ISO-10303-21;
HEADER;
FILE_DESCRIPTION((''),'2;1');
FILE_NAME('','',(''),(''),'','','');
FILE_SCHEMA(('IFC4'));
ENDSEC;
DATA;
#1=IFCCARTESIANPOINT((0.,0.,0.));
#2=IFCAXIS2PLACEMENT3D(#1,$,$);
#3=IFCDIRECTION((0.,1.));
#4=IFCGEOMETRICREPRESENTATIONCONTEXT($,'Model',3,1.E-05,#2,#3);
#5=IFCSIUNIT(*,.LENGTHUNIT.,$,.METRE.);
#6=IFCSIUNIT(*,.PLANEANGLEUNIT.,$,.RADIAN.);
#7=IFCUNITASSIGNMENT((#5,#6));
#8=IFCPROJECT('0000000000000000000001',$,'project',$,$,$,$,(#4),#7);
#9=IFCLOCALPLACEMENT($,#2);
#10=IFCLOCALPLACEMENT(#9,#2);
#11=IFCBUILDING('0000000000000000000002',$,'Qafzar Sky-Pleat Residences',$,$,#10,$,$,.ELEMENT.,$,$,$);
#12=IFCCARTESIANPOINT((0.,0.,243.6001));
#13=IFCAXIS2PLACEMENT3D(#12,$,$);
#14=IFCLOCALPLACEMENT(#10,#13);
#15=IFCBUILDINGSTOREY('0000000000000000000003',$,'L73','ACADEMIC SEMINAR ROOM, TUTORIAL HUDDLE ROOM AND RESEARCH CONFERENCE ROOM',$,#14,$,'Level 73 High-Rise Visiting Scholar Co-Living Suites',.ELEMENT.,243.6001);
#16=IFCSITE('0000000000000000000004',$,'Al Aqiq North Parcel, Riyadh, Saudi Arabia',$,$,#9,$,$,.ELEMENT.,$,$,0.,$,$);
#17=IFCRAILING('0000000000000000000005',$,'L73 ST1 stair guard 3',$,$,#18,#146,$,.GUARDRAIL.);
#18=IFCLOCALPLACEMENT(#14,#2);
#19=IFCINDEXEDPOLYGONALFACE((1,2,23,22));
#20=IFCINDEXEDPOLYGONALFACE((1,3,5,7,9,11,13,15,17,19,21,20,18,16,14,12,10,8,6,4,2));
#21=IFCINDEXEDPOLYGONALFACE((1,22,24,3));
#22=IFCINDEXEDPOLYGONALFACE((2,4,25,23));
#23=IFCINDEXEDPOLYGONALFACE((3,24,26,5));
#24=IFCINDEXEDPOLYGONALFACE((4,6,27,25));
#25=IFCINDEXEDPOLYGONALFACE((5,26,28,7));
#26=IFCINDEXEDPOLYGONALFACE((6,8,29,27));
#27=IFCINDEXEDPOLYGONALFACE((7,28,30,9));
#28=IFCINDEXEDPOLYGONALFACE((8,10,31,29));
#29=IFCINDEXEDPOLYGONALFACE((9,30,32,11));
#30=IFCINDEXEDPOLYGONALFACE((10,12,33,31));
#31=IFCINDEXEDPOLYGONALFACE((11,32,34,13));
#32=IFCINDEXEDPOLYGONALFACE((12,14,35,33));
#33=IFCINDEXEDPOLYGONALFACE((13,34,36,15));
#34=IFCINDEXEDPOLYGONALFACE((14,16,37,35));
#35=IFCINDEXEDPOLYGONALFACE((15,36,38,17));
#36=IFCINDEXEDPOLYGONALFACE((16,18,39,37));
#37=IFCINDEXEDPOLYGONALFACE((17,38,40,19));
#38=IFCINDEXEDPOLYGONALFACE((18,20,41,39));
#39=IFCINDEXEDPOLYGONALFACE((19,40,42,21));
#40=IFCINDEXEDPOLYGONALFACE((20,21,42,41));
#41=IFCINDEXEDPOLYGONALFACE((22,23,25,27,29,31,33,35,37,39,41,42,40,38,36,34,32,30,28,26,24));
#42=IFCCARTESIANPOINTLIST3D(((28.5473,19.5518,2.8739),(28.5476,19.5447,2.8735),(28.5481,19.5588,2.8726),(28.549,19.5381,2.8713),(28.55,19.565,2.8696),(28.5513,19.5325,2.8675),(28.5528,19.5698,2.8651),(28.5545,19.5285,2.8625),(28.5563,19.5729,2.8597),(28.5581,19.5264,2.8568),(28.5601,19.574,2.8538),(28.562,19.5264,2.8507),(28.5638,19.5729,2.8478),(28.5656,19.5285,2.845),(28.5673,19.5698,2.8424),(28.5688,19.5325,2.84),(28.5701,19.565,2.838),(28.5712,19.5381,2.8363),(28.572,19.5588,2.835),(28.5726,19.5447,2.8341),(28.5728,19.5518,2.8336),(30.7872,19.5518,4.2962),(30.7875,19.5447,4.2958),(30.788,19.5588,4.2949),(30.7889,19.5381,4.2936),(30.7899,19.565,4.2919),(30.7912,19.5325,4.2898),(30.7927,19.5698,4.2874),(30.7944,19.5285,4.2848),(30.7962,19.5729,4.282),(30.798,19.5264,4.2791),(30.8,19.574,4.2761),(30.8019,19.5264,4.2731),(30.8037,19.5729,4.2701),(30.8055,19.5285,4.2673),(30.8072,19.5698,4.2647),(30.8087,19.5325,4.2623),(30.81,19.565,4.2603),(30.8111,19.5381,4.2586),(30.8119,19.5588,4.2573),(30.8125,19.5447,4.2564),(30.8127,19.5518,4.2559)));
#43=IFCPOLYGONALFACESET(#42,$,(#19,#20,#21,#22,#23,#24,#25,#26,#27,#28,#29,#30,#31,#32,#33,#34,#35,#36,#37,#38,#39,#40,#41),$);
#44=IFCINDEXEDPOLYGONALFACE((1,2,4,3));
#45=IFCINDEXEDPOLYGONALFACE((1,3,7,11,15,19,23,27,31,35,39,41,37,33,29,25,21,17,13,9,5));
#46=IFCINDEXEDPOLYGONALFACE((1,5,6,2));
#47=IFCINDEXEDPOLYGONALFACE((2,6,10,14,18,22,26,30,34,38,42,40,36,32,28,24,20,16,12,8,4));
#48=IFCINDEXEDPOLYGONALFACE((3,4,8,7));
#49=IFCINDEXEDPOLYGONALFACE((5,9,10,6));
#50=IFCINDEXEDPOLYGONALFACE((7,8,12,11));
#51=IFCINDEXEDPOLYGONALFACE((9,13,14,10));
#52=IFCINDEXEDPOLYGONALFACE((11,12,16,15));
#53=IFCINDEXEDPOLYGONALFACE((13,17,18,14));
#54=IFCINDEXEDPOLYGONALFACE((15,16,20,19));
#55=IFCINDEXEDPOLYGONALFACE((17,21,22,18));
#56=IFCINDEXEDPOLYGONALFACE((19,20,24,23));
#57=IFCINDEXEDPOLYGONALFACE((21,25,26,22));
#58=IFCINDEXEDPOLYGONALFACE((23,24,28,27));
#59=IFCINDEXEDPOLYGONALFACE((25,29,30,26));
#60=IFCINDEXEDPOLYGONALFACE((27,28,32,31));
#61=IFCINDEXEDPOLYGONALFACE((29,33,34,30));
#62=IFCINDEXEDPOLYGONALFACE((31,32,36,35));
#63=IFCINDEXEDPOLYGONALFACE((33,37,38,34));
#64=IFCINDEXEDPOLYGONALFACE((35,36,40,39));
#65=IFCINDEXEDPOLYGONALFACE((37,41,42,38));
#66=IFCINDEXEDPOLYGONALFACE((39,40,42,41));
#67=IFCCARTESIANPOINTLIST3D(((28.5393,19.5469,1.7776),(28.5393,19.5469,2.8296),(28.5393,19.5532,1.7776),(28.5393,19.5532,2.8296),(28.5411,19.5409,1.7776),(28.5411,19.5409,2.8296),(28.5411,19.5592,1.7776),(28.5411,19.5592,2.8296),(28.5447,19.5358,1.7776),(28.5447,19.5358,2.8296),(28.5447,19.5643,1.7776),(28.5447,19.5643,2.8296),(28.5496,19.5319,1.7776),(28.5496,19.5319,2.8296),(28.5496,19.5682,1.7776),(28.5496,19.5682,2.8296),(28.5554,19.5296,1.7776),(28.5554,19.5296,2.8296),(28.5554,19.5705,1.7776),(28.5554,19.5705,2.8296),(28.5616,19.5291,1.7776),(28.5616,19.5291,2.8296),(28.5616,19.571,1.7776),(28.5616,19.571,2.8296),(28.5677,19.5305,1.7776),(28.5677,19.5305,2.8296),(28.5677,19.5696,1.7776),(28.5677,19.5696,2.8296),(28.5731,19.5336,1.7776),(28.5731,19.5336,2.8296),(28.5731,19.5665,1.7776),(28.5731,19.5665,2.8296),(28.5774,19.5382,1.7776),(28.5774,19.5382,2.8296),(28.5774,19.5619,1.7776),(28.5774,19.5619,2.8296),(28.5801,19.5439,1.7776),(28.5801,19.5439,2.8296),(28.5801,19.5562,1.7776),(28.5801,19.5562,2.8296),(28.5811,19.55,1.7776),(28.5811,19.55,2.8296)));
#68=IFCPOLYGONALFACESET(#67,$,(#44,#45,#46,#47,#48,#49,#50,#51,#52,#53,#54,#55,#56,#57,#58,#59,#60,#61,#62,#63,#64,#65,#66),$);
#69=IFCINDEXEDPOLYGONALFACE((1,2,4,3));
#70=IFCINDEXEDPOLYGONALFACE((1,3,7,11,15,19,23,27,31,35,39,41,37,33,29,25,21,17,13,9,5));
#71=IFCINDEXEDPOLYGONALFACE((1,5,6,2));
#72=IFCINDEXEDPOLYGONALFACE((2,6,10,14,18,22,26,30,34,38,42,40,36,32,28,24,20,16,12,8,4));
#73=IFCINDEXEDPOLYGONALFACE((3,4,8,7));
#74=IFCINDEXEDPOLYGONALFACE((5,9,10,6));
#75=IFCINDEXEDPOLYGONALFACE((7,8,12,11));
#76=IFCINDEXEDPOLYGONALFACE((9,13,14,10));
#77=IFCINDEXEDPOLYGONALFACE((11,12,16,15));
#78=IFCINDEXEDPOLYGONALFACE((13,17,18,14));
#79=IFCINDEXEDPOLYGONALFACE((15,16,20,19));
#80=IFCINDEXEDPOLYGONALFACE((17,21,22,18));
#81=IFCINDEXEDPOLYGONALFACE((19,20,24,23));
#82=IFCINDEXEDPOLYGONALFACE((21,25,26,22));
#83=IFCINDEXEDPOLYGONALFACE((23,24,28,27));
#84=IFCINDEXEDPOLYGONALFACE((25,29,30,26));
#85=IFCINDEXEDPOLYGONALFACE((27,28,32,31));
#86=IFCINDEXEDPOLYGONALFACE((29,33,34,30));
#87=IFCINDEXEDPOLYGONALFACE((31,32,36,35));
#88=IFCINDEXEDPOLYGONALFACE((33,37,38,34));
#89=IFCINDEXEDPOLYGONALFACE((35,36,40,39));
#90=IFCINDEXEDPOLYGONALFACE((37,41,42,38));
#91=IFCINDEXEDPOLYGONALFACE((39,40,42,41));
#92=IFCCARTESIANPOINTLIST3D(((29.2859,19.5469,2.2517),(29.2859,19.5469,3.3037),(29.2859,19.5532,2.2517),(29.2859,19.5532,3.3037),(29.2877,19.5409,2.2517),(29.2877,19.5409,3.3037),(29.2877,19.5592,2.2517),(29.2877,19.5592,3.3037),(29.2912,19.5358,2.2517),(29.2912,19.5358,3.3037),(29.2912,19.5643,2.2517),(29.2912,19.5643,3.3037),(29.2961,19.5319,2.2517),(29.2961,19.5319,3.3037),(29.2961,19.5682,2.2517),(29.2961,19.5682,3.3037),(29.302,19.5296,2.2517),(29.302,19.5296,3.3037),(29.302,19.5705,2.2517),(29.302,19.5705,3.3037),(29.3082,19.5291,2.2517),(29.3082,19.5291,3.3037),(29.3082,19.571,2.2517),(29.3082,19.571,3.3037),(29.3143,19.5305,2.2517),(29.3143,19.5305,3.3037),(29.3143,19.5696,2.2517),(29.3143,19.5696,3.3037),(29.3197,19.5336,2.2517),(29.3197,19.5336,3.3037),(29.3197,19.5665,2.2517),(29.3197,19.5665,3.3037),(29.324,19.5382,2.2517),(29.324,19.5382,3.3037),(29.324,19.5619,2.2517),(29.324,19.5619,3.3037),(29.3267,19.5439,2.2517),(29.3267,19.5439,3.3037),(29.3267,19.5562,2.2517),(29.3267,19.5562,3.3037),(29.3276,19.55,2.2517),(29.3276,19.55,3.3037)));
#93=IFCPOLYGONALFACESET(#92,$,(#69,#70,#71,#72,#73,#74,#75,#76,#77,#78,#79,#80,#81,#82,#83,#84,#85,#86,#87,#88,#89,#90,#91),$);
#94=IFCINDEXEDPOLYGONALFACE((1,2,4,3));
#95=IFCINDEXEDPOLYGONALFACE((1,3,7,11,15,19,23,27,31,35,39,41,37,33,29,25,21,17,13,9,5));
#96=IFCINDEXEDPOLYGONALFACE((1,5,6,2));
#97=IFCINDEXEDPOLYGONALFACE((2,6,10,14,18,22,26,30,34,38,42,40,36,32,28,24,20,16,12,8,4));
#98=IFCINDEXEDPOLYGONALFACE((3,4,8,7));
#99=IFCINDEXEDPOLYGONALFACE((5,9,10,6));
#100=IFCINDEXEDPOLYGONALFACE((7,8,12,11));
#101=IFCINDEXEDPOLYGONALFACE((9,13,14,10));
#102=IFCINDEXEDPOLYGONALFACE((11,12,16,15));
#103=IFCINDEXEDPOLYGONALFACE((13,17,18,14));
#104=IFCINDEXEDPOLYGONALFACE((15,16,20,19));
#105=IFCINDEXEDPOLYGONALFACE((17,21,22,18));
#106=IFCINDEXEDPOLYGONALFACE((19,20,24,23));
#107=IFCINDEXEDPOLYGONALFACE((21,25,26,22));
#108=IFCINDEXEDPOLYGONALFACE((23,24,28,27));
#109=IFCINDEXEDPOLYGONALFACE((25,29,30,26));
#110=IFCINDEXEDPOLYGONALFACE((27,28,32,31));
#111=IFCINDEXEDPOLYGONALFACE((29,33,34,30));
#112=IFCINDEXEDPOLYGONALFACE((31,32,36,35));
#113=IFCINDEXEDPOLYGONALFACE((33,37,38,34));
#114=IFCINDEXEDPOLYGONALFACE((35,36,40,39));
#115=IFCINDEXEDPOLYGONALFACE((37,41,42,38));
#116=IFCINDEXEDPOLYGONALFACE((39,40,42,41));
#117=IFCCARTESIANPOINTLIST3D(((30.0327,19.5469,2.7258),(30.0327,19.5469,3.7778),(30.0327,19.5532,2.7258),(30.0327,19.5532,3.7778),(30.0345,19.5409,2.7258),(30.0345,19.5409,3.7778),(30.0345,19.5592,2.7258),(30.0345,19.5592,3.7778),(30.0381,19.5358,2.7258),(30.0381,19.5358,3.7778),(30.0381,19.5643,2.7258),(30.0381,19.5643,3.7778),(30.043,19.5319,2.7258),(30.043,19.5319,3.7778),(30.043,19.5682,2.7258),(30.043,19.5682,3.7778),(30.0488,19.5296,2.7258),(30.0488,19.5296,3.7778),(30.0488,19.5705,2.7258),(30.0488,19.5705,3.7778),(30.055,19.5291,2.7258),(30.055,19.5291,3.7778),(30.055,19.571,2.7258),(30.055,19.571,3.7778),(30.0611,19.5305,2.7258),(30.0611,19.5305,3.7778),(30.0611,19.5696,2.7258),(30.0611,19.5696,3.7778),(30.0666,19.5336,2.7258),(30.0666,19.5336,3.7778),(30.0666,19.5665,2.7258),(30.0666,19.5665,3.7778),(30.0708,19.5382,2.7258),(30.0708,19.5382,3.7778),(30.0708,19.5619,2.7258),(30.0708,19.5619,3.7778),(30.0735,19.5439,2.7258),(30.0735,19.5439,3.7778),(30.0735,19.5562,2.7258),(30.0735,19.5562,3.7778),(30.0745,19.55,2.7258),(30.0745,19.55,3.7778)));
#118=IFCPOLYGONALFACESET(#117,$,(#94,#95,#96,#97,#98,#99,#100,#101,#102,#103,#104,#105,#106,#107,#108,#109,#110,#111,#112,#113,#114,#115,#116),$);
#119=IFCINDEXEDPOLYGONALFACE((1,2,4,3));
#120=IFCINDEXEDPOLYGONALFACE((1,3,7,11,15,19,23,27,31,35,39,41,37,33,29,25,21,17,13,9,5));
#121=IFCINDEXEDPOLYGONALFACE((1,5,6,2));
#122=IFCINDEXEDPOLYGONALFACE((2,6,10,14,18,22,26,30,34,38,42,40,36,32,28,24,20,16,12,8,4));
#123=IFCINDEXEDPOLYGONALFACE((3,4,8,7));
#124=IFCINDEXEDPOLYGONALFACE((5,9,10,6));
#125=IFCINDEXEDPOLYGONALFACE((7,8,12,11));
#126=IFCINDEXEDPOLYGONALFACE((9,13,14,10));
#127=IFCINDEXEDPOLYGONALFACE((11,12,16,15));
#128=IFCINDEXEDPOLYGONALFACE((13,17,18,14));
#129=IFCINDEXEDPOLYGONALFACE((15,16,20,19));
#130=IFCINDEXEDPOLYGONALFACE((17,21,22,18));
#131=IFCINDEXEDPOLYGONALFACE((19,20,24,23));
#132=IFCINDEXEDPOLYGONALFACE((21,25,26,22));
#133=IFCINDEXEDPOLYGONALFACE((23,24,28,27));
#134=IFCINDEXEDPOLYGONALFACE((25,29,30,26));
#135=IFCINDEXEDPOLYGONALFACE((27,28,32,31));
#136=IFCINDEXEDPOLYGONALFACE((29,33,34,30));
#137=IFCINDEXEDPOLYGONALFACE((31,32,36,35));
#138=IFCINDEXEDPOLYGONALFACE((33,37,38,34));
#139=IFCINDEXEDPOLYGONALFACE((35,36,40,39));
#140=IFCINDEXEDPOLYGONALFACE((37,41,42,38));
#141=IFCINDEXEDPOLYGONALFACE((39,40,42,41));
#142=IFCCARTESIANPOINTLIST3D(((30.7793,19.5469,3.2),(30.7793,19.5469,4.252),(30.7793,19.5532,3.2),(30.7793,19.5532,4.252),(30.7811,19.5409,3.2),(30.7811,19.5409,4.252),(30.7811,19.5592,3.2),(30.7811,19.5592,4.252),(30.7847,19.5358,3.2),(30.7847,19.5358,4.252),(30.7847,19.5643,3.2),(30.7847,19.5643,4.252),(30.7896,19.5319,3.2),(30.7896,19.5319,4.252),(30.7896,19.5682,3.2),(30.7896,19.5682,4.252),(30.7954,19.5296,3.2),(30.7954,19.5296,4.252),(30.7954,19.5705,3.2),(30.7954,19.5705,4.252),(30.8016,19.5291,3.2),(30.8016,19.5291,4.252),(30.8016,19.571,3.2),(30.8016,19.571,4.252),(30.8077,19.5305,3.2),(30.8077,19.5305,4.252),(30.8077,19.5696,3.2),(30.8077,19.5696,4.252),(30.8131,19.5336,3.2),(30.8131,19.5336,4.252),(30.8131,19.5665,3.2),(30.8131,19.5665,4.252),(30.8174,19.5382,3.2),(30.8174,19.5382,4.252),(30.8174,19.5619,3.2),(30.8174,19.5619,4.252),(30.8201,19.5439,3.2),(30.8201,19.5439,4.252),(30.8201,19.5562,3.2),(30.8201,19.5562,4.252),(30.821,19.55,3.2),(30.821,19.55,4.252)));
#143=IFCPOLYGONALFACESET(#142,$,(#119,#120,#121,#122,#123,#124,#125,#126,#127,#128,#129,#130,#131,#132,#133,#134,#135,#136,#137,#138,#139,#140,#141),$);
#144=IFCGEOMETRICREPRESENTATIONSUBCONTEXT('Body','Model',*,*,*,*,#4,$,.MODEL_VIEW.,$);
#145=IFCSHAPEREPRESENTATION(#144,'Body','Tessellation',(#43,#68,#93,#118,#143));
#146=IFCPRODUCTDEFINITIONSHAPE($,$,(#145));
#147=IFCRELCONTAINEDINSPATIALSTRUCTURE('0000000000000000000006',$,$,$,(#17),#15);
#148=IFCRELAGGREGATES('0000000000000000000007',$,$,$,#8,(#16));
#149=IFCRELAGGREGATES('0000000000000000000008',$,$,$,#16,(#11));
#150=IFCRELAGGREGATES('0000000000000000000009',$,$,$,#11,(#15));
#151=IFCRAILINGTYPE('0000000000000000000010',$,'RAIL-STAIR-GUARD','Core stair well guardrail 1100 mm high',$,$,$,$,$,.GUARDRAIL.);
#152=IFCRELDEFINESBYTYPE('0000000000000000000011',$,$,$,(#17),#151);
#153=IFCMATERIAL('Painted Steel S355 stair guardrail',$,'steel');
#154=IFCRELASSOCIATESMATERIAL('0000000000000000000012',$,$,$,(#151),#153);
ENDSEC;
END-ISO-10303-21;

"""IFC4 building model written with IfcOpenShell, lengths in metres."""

from ifc_helpers import new_model, si_unit, direction, frame, origin, origin_2d, place, context, subcontext, project, spatial, circle, extrude, source, transform, mapped, material, type_object, element, save


model = new_model("IFC4")

# Units and contexts
model_context = context("Model", 3, precision=1e-05, world=origin(), true_north=direction((0.0, 1.0)))
body_context = subcontext(model_context, "Body", "Model", "MODEL_VIEW")
ifc_project = project(units=[si_unit("LENGTHUNIT", "METRE"), si_unit("PLANEANGLEUNIT", "RADIAN")], contexts=[model_context])

# Site, building, storey
site_placement = place(None, origin())
site = spatial("IfcSite", under=ifc_project, at=site_placement, Name="Al Aqiq North Parcel, Riyadh, Saudi Arabia", CompositionType="ELEMENT", RefElevation=0.0)
building_placement = place(site_placement, origin())
building = spatial("IfcBuilding", under=site, at=building_placement, Name="Qafzar Sky-Pleat Residences", CompositionType="ELEMENT")
storey_placement = place(building_placement, frame((0.0, 0.0, 243.6001)))
storey = spatial("IfcBuildingStorey", under=building, at=storey_placement, Name="L73", Description="ACADEMIC SEMINAR ROOM, TUTORIAL HUDDLE ROOM AND RESEARCH CONFERENCE ROOM", LongName="Level 73 High-Rise Visiting Scholar Co-Living Suites", CompositionType="ELEMENT", Elevation=243.6001)

# Railing
ifc_material_1 = material(Name="Painted Steel S355 stair guardrail", Category="steel")
railing_type_1 = type_object("IfcRailingType", Name="RAIL-STAIR-GUARD", Description="Core stair well guardrail 1100 mm high", PredefinedType="GUARDRAIL", material=ifc_material_1)
shared_shape_1 = source(origin(), body_context, "Body", "SweptSolid", [
    extrude(circle(Radius=0.0239, at=origin_2d()), frame((0.0, 0.0, 1.0762), z_axis=(0.844188, 0.0, 0.536048), x_axis=(0.0, 1.0, 0.0)), (0.0, 0.0, 1.0), 2.6533),
    extrude(circle(Radius=0.021, at=origin_2d()), origin(), (0.0, 0.0, 1.0), 1.052),
    extrude(circle(Radius=0.021, at=origin_2d()), frame((0.7466, 0.0, 0.4741)), (0.0, 0.0, 1.0), 1.052),
    extrude(circle(Radius=0.021, at=origin_2d()), frame((1.4934, 0.0, 0.9482)), (0.0, 0.0, 1.0), 1.052),
    extrude(circle(Radius=0.021, at=origin_2d()), frame((2.24, 0.0, 1.4224)), (0.0, 0.0, 1.0), 1.052),
])
railing_1_placement = place(storey_placement, frame((28.5601, 19.55, 1.7776)))
element("IfcRailing", 1, at=railing_1_placement, inside=storey, type_object=railing_type_1, Name="L73 ST1 stair guard 3", PredefinedType="GUARDRAIL", context=body_context, shape_type="MappedRepresentation", body=[
    mapped(shared_shape_1, transform((0.0, 0.0, 0.0), x_axis=(1.0, 0.0, 0.0), y_axis=(0.0, 1.0, 0.0), z_axis=(0.0, 0.0, 1.0), scale=1.0)),
])

save(model, "model.ifc")
